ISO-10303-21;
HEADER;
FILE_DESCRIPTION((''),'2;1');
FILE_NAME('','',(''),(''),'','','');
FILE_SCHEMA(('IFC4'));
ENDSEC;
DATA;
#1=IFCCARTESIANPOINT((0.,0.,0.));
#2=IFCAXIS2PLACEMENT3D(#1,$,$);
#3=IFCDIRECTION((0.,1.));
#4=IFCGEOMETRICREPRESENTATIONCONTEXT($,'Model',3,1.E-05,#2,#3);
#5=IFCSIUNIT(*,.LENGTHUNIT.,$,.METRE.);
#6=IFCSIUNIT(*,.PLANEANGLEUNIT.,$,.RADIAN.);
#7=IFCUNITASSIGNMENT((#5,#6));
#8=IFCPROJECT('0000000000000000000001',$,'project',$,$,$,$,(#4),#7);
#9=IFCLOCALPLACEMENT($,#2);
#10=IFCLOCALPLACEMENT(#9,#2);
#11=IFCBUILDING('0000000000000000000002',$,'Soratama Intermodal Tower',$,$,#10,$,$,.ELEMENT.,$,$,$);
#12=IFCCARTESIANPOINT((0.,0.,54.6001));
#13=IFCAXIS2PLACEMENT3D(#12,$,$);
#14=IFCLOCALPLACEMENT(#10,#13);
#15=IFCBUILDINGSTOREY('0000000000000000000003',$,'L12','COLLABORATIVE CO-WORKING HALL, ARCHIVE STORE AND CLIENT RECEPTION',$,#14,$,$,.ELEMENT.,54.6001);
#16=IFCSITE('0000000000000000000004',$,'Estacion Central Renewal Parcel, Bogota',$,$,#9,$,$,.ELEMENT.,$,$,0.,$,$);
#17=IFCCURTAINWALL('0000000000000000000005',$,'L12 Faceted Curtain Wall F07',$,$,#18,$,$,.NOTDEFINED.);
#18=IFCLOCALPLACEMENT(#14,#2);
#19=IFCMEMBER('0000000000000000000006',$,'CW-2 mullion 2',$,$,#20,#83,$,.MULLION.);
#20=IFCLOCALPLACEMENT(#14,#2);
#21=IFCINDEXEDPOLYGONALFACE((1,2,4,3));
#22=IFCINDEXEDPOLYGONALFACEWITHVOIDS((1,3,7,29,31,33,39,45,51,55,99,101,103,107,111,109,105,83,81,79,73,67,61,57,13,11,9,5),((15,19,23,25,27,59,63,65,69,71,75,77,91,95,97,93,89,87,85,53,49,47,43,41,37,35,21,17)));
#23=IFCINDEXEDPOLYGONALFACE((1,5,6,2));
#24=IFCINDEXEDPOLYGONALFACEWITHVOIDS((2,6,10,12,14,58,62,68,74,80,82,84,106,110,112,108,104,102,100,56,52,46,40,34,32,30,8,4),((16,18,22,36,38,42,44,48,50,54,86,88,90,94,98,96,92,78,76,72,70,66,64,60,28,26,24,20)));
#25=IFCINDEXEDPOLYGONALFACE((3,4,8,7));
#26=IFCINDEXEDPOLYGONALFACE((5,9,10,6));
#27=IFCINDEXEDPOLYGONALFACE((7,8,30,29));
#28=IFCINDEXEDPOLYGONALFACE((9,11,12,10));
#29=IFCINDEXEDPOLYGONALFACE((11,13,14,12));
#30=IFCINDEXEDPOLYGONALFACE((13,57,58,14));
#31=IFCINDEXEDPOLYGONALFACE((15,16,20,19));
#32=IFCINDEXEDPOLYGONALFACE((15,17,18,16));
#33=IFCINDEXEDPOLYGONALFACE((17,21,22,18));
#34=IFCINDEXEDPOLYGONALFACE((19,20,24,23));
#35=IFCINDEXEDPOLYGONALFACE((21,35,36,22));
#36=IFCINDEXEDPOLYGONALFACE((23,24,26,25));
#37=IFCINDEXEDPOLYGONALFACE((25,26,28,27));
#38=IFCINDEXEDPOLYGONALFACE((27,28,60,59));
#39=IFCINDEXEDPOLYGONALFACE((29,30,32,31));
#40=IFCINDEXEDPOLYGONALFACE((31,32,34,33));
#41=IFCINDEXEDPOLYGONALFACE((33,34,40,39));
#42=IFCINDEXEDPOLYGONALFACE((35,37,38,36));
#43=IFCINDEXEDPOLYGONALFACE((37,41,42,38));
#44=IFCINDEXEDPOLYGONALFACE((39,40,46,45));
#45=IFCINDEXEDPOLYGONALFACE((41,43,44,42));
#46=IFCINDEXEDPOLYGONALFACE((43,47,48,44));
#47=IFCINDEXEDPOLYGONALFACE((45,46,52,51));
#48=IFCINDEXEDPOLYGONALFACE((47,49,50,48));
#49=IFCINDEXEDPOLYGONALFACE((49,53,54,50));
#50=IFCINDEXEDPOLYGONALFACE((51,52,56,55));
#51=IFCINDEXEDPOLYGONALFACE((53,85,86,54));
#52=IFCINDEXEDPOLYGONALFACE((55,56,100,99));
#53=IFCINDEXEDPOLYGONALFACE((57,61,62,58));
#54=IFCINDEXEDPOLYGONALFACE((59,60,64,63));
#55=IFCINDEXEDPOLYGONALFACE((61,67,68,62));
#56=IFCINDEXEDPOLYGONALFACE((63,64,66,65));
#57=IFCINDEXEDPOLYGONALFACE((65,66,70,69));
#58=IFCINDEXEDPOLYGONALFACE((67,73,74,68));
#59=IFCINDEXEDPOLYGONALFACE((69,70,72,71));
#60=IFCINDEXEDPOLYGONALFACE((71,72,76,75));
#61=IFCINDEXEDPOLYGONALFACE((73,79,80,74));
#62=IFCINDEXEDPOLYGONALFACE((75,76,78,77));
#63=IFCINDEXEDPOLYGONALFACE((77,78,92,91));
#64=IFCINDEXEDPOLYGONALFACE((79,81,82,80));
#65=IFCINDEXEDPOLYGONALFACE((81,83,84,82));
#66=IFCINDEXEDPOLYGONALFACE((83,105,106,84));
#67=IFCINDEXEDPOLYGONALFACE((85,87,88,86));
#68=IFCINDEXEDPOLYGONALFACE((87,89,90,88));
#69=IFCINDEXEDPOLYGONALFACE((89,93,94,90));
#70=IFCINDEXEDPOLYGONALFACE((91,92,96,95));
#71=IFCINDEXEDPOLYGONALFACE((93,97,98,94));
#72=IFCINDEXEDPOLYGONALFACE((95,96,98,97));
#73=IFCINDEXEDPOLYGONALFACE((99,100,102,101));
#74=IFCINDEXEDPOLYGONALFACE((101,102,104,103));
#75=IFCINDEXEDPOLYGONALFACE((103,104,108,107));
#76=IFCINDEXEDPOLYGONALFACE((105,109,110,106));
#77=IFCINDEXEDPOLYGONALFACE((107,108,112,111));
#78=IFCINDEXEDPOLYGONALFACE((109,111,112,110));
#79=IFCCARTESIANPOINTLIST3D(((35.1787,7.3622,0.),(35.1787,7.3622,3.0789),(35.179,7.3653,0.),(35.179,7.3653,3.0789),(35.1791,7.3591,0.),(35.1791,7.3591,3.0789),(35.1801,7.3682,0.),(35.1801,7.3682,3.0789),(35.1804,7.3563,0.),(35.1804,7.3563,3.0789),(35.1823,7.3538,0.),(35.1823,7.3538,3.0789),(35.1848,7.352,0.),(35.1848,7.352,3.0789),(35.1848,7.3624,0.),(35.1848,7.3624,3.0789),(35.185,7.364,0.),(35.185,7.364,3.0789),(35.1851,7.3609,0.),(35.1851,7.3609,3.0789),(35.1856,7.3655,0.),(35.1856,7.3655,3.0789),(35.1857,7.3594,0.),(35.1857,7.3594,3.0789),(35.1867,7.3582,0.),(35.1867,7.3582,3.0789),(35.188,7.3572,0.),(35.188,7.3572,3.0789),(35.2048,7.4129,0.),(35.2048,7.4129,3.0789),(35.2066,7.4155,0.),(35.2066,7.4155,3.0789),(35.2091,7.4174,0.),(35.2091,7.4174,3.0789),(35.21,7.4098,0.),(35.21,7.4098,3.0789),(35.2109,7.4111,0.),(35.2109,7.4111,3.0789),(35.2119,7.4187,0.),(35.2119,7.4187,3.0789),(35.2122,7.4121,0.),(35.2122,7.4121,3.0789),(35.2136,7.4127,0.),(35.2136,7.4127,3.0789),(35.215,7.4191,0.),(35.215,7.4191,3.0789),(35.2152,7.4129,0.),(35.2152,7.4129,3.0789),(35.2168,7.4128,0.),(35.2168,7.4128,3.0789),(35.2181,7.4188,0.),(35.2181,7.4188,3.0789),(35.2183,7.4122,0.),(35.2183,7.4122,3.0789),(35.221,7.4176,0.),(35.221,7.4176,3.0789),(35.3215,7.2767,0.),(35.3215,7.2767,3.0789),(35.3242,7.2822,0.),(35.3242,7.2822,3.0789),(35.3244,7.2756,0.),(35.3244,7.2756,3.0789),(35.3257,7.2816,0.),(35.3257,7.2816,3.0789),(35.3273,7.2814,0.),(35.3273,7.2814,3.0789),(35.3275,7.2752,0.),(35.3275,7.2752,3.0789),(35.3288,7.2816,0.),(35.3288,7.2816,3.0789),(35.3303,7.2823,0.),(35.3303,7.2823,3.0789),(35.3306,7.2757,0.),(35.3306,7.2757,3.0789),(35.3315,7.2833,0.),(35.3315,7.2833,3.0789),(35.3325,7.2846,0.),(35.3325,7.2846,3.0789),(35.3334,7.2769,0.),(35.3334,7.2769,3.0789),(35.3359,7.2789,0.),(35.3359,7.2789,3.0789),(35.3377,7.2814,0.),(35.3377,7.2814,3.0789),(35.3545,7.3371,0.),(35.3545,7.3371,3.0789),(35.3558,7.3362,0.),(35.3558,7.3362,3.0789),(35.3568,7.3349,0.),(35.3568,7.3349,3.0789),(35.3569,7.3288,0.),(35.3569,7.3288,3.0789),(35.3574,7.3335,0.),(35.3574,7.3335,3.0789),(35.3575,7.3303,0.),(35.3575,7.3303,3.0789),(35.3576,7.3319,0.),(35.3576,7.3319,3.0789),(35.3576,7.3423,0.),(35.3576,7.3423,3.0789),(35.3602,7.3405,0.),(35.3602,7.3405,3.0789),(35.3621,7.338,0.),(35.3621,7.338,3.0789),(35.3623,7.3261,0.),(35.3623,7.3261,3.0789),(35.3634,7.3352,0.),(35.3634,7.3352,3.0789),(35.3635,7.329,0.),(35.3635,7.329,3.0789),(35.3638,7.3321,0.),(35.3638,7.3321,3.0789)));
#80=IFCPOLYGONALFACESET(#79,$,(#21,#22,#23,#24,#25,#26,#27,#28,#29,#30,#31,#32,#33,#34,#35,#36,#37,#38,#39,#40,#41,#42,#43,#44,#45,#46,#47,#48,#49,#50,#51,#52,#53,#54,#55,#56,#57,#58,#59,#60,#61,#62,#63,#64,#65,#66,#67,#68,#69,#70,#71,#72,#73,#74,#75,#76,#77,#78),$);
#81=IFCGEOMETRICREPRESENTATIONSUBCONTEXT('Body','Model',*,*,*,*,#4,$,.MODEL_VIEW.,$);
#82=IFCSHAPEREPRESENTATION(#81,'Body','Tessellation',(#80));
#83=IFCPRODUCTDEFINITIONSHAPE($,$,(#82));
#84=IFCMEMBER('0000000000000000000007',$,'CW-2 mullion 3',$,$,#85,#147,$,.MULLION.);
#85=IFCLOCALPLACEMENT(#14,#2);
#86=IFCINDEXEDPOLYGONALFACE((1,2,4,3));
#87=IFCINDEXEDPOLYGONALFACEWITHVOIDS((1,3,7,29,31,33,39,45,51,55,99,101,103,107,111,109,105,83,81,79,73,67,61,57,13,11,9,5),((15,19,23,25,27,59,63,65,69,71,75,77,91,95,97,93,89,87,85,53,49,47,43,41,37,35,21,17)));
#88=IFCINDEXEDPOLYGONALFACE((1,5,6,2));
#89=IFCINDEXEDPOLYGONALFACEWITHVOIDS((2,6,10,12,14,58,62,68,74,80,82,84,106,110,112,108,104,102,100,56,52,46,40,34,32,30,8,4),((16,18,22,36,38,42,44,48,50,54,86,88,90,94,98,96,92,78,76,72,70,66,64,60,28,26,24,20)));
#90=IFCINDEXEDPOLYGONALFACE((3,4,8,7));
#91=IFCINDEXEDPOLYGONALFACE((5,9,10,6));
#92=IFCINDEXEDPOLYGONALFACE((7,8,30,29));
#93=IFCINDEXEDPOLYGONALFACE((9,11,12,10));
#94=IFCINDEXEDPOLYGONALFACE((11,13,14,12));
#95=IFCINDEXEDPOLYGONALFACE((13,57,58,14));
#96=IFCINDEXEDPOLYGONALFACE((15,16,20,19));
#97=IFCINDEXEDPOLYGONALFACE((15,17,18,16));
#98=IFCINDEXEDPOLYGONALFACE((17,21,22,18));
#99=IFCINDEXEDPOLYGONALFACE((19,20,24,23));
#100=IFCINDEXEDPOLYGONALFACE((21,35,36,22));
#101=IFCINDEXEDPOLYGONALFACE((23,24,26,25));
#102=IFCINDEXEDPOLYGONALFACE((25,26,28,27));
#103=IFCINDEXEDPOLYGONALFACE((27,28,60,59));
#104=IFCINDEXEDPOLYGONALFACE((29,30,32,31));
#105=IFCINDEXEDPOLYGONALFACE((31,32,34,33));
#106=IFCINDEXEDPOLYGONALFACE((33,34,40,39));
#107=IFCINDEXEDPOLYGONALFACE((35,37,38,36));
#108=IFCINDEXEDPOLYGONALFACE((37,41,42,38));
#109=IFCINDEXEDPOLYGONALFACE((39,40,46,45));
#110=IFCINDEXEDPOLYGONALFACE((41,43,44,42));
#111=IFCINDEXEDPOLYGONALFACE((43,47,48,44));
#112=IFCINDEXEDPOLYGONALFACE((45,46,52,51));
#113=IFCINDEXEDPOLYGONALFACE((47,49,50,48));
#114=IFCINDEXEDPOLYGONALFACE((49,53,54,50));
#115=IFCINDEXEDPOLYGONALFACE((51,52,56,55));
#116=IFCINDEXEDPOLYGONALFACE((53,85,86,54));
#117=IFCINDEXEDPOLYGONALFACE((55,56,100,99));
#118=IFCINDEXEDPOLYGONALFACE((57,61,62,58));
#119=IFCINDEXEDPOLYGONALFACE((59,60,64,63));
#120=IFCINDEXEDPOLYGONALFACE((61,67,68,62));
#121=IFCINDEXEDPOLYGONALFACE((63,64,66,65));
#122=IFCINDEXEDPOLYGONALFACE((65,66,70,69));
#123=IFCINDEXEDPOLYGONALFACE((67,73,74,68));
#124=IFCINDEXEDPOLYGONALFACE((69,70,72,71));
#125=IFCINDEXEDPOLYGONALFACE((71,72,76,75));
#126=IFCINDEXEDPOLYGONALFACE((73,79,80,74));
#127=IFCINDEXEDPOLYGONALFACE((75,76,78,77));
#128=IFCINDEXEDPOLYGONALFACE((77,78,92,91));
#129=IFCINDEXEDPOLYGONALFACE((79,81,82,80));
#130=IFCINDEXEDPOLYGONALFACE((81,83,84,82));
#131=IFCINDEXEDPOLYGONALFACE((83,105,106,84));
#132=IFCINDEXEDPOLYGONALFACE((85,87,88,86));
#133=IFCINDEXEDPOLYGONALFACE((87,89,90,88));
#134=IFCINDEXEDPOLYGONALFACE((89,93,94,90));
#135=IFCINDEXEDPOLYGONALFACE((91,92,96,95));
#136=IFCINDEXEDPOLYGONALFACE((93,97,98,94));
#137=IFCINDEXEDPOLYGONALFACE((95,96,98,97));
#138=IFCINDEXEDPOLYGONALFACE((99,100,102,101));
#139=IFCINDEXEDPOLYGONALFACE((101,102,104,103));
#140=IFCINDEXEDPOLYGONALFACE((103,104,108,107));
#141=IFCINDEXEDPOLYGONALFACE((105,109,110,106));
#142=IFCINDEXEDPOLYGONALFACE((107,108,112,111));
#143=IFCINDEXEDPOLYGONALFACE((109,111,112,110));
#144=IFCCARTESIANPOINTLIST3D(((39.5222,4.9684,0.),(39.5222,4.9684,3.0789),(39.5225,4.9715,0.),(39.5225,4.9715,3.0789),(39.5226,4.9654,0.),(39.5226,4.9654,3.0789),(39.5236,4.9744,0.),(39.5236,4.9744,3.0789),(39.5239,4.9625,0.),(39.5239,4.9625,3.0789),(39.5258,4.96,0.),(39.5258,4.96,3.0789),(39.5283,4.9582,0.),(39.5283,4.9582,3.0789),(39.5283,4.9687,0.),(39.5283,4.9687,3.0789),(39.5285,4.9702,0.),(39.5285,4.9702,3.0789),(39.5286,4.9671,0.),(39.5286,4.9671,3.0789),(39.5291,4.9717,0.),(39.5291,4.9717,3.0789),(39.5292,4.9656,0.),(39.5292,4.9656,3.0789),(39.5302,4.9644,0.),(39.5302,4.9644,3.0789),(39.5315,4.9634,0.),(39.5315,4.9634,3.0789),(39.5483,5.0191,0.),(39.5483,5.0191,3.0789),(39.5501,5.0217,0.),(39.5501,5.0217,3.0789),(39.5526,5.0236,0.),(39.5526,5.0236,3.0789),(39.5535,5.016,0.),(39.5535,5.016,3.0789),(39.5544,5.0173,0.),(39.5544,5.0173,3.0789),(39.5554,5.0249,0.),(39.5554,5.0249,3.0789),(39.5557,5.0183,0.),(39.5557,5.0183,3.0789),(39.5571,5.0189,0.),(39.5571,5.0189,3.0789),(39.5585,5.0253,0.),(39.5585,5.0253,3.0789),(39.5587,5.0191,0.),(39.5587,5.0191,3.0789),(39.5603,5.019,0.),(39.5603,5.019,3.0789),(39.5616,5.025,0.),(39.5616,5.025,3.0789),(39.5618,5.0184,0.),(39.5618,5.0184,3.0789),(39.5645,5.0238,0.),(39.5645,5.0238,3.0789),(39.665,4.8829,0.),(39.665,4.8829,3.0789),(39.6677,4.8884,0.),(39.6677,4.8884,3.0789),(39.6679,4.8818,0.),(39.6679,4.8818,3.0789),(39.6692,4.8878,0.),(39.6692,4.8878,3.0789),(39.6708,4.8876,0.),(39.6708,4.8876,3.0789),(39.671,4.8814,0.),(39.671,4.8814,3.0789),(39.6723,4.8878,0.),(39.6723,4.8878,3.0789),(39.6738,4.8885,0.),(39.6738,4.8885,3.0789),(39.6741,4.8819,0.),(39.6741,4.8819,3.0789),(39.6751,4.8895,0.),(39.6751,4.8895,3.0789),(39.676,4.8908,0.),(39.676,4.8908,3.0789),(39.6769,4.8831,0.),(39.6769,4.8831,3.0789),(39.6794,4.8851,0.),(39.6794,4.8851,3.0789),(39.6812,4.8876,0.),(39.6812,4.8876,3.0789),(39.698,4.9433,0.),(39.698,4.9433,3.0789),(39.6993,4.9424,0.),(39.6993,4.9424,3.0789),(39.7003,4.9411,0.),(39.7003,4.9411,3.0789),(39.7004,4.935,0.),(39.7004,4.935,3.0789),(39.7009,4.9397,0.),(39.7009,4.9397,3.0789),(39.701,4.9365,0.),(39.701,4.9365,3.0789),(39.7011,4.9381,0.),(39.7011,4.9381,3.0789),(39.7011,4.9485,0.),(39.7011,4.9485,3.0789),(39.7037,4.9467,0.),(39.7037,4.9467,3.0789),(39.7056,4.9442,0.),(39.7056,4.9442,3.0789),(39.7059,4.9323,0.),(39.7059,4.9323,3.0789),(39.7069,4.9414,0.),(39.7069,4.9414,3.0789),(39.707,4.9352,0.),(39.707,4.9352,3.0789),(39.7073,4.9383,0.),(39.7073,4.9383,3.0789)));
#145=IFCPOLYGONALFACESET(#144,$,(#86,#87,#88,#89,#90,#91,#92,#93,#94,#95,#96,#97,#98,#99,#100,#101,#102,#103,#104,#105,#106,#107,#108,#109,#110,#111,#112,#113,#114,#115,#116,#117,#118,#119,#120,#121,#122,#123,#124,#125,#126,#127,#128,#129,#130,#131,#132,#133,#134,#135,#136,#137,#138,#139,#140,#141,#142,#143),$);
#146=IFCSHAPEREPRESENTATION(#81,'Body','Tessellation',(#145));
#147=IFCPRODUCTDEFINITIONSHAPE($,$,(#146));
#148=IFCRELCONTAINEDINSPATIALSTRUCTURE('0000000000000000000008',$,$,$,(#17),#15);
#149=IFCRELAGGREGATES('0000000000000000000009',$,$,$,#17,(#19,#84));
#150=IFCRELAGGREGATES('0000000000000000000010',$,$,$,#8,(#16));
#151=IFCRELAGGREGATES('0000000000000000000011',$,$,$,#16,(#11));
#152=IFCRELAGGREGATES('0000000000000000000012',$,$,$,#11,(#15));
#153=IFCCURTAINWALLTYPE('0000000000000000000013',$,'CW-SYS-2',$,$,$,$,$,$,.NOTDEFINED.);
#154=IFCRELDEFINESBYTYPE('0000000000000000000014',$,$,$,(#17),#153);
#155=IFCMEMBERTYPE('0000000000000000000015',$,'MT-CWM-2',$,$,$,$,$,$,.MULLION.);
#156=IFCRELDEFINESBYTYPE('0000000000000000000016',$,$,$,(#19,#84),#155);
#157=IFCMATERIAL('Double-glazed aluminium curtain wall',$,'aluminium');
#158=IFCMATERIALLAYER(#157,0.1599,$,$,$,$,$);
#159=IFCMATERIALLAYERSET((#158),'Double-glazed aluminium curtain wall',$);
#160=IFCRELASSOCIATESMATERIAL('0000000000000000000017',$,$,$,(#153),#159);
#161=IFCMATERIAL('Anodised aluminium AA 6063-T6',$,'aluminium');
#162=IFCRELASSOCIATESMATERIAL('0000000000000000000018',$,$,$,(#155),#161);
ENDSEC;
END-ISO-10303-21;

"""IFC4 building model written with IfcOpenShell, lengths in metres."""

from ifc_helpers import new_model, si_unit, direction, frame, origin, origin_2d, place, context, subcontext, project, spatial, hollow_rectangle, extrude, material, layer, layer_set, material_profile, profile_set, type_object, element, aggregate, save


model = new_model("IFC4")

# Units and contexts
model_context = context("Model", 3, precision=1e-05, world=origin(), true_north=direction((0.0, 1.0)))
body_context = subcontext(model_context, "Body", "Model", "MODEL_VIEW")
ifc_project = project(units=[si_unit("LENGTHUNIT", "METRE"), si_unit("PLANEANGLEUNIT", "RADIAN")], contexts=[model_context])

# Site, building, storey
site_placement = place(None, origin())
site = spatial("IfcSite", under=ifc_project, at=site_placement, Name="Estacion Central Renewal Parcel, Bogota", CompositionType="ELEMENT", RefElevation=0.0)
building_placement = place(site_placement, origin())
building = spatial("IfcBuilding", under=site, at=building_placement, Name="Soratama Intermodal Tower", CompositionType="ELEMENT")
storey_placement = place(building_placement, frame((0.0, 0.0, 54.6001)))
storey = spatial("IfcBuildingStorey", under=building, at=storey_placement, Name="L12", Description="COLLABORATIVE CO-WORKING HALL, ARCHIVE STORE AND CLIENT RECEPTION", CompositionType="ELEMENT", Elevation=54.6001)

# Curtain wall, members
ifc_material_1 = material(Name="Double-glazed aluminium curtain wall", Category="aluminium")
ifc_layer_1 = layer(ifc_material_1, 0.1599)
ifc_layer_set_1 = layer_set([ifc_layer_1], Name="Double-glazed aluminium curtain wall")
curtain_wall_type = type_object("IfcCurtainWallType", Name="CW-SYS-2", PredefinedType="NOTDEFINED", material=ifc_layer_set_1)
curtain_wall_placement = place(storey_placement, origin())
curtain_wall = element("IfcCurtainWall", 1, at=curtain_wall_placement, inside=storey, type_object=curtain_wall_type, Name="L12 Faceted Curtain Wall F07", PredefinedType="NOTDEFINED")
ifc_material_2 = material(Name="Anodised aluminium AA 6063-T6", Category="aluminium")
ifc_material_profile_1 = material_profile(ifc_material_2, hollow_rectangle(XDim=0.075, YDim=0.1799, WallThickness=0.0061, InnerFilletRadius=0.0061, OuterFilletRadius=0.012, at=origin_2d()), Name="CWM180X75X6")
ifc_profile_set_1 = profile_set([ifc_material_profile_1], Name="Anodised aluminium AA 6063-T6")
member_type_1 = type_object("IfcMemberType", Name="MT-CWM-2", PredefinedType="MULLION", material=ifc_profile_set_1)
member_1_placement = place(storey_placement, frame((35.2712, 7.3472, 0.0), z_axis=(0.0, 0.0, 1.0), x_axis=(0.482678, 0.875798, 0.0)))
member_1 = element("IfcMember", 2, at=member_1_placement, type_object=member_type_1, Name="CW-2 mullion 2", PredefinedType="MULLION", context=body_context, shape_type="SweptSolid", body=[
    extrude(hollow_rectangle(XDim=0.075, YDim=0.1799, WallThickness=0.0061, InnerFilletRadius=0.0061, OuterFilletRadius=0.012, at=origin_2d()), origin(), (0.0, 0.0, 1.0), 3.0789),
])
member_2_placement = place(storey_placement, frame((39.6147, 4.9534, 0.0), z_axis=(0.0, 0.0, 1.0), x_axis=(0.482678, 0.875798, 0.0)))
member_2 = element("IfcMember", 3, at=member_2_placement, type_object=member_type_1, Name="CW-2 mullion 3", PredefinedType="MULLION", context=body_context, shape_type="SweptSolid", body=[
    extrude(hollow_rectangle(XDim=0.075, YDim=0.1799, WallThickness=0.0061, InnerFilletRadius=0.0061, OuterFilletRadius=0.012, at=origin_2d()), origin(), (0.0, 0.0, 1.0), 3.0789),
])
aggregate(curtain_wall, [member_1, member_2])

save(model, "model.ifc")
